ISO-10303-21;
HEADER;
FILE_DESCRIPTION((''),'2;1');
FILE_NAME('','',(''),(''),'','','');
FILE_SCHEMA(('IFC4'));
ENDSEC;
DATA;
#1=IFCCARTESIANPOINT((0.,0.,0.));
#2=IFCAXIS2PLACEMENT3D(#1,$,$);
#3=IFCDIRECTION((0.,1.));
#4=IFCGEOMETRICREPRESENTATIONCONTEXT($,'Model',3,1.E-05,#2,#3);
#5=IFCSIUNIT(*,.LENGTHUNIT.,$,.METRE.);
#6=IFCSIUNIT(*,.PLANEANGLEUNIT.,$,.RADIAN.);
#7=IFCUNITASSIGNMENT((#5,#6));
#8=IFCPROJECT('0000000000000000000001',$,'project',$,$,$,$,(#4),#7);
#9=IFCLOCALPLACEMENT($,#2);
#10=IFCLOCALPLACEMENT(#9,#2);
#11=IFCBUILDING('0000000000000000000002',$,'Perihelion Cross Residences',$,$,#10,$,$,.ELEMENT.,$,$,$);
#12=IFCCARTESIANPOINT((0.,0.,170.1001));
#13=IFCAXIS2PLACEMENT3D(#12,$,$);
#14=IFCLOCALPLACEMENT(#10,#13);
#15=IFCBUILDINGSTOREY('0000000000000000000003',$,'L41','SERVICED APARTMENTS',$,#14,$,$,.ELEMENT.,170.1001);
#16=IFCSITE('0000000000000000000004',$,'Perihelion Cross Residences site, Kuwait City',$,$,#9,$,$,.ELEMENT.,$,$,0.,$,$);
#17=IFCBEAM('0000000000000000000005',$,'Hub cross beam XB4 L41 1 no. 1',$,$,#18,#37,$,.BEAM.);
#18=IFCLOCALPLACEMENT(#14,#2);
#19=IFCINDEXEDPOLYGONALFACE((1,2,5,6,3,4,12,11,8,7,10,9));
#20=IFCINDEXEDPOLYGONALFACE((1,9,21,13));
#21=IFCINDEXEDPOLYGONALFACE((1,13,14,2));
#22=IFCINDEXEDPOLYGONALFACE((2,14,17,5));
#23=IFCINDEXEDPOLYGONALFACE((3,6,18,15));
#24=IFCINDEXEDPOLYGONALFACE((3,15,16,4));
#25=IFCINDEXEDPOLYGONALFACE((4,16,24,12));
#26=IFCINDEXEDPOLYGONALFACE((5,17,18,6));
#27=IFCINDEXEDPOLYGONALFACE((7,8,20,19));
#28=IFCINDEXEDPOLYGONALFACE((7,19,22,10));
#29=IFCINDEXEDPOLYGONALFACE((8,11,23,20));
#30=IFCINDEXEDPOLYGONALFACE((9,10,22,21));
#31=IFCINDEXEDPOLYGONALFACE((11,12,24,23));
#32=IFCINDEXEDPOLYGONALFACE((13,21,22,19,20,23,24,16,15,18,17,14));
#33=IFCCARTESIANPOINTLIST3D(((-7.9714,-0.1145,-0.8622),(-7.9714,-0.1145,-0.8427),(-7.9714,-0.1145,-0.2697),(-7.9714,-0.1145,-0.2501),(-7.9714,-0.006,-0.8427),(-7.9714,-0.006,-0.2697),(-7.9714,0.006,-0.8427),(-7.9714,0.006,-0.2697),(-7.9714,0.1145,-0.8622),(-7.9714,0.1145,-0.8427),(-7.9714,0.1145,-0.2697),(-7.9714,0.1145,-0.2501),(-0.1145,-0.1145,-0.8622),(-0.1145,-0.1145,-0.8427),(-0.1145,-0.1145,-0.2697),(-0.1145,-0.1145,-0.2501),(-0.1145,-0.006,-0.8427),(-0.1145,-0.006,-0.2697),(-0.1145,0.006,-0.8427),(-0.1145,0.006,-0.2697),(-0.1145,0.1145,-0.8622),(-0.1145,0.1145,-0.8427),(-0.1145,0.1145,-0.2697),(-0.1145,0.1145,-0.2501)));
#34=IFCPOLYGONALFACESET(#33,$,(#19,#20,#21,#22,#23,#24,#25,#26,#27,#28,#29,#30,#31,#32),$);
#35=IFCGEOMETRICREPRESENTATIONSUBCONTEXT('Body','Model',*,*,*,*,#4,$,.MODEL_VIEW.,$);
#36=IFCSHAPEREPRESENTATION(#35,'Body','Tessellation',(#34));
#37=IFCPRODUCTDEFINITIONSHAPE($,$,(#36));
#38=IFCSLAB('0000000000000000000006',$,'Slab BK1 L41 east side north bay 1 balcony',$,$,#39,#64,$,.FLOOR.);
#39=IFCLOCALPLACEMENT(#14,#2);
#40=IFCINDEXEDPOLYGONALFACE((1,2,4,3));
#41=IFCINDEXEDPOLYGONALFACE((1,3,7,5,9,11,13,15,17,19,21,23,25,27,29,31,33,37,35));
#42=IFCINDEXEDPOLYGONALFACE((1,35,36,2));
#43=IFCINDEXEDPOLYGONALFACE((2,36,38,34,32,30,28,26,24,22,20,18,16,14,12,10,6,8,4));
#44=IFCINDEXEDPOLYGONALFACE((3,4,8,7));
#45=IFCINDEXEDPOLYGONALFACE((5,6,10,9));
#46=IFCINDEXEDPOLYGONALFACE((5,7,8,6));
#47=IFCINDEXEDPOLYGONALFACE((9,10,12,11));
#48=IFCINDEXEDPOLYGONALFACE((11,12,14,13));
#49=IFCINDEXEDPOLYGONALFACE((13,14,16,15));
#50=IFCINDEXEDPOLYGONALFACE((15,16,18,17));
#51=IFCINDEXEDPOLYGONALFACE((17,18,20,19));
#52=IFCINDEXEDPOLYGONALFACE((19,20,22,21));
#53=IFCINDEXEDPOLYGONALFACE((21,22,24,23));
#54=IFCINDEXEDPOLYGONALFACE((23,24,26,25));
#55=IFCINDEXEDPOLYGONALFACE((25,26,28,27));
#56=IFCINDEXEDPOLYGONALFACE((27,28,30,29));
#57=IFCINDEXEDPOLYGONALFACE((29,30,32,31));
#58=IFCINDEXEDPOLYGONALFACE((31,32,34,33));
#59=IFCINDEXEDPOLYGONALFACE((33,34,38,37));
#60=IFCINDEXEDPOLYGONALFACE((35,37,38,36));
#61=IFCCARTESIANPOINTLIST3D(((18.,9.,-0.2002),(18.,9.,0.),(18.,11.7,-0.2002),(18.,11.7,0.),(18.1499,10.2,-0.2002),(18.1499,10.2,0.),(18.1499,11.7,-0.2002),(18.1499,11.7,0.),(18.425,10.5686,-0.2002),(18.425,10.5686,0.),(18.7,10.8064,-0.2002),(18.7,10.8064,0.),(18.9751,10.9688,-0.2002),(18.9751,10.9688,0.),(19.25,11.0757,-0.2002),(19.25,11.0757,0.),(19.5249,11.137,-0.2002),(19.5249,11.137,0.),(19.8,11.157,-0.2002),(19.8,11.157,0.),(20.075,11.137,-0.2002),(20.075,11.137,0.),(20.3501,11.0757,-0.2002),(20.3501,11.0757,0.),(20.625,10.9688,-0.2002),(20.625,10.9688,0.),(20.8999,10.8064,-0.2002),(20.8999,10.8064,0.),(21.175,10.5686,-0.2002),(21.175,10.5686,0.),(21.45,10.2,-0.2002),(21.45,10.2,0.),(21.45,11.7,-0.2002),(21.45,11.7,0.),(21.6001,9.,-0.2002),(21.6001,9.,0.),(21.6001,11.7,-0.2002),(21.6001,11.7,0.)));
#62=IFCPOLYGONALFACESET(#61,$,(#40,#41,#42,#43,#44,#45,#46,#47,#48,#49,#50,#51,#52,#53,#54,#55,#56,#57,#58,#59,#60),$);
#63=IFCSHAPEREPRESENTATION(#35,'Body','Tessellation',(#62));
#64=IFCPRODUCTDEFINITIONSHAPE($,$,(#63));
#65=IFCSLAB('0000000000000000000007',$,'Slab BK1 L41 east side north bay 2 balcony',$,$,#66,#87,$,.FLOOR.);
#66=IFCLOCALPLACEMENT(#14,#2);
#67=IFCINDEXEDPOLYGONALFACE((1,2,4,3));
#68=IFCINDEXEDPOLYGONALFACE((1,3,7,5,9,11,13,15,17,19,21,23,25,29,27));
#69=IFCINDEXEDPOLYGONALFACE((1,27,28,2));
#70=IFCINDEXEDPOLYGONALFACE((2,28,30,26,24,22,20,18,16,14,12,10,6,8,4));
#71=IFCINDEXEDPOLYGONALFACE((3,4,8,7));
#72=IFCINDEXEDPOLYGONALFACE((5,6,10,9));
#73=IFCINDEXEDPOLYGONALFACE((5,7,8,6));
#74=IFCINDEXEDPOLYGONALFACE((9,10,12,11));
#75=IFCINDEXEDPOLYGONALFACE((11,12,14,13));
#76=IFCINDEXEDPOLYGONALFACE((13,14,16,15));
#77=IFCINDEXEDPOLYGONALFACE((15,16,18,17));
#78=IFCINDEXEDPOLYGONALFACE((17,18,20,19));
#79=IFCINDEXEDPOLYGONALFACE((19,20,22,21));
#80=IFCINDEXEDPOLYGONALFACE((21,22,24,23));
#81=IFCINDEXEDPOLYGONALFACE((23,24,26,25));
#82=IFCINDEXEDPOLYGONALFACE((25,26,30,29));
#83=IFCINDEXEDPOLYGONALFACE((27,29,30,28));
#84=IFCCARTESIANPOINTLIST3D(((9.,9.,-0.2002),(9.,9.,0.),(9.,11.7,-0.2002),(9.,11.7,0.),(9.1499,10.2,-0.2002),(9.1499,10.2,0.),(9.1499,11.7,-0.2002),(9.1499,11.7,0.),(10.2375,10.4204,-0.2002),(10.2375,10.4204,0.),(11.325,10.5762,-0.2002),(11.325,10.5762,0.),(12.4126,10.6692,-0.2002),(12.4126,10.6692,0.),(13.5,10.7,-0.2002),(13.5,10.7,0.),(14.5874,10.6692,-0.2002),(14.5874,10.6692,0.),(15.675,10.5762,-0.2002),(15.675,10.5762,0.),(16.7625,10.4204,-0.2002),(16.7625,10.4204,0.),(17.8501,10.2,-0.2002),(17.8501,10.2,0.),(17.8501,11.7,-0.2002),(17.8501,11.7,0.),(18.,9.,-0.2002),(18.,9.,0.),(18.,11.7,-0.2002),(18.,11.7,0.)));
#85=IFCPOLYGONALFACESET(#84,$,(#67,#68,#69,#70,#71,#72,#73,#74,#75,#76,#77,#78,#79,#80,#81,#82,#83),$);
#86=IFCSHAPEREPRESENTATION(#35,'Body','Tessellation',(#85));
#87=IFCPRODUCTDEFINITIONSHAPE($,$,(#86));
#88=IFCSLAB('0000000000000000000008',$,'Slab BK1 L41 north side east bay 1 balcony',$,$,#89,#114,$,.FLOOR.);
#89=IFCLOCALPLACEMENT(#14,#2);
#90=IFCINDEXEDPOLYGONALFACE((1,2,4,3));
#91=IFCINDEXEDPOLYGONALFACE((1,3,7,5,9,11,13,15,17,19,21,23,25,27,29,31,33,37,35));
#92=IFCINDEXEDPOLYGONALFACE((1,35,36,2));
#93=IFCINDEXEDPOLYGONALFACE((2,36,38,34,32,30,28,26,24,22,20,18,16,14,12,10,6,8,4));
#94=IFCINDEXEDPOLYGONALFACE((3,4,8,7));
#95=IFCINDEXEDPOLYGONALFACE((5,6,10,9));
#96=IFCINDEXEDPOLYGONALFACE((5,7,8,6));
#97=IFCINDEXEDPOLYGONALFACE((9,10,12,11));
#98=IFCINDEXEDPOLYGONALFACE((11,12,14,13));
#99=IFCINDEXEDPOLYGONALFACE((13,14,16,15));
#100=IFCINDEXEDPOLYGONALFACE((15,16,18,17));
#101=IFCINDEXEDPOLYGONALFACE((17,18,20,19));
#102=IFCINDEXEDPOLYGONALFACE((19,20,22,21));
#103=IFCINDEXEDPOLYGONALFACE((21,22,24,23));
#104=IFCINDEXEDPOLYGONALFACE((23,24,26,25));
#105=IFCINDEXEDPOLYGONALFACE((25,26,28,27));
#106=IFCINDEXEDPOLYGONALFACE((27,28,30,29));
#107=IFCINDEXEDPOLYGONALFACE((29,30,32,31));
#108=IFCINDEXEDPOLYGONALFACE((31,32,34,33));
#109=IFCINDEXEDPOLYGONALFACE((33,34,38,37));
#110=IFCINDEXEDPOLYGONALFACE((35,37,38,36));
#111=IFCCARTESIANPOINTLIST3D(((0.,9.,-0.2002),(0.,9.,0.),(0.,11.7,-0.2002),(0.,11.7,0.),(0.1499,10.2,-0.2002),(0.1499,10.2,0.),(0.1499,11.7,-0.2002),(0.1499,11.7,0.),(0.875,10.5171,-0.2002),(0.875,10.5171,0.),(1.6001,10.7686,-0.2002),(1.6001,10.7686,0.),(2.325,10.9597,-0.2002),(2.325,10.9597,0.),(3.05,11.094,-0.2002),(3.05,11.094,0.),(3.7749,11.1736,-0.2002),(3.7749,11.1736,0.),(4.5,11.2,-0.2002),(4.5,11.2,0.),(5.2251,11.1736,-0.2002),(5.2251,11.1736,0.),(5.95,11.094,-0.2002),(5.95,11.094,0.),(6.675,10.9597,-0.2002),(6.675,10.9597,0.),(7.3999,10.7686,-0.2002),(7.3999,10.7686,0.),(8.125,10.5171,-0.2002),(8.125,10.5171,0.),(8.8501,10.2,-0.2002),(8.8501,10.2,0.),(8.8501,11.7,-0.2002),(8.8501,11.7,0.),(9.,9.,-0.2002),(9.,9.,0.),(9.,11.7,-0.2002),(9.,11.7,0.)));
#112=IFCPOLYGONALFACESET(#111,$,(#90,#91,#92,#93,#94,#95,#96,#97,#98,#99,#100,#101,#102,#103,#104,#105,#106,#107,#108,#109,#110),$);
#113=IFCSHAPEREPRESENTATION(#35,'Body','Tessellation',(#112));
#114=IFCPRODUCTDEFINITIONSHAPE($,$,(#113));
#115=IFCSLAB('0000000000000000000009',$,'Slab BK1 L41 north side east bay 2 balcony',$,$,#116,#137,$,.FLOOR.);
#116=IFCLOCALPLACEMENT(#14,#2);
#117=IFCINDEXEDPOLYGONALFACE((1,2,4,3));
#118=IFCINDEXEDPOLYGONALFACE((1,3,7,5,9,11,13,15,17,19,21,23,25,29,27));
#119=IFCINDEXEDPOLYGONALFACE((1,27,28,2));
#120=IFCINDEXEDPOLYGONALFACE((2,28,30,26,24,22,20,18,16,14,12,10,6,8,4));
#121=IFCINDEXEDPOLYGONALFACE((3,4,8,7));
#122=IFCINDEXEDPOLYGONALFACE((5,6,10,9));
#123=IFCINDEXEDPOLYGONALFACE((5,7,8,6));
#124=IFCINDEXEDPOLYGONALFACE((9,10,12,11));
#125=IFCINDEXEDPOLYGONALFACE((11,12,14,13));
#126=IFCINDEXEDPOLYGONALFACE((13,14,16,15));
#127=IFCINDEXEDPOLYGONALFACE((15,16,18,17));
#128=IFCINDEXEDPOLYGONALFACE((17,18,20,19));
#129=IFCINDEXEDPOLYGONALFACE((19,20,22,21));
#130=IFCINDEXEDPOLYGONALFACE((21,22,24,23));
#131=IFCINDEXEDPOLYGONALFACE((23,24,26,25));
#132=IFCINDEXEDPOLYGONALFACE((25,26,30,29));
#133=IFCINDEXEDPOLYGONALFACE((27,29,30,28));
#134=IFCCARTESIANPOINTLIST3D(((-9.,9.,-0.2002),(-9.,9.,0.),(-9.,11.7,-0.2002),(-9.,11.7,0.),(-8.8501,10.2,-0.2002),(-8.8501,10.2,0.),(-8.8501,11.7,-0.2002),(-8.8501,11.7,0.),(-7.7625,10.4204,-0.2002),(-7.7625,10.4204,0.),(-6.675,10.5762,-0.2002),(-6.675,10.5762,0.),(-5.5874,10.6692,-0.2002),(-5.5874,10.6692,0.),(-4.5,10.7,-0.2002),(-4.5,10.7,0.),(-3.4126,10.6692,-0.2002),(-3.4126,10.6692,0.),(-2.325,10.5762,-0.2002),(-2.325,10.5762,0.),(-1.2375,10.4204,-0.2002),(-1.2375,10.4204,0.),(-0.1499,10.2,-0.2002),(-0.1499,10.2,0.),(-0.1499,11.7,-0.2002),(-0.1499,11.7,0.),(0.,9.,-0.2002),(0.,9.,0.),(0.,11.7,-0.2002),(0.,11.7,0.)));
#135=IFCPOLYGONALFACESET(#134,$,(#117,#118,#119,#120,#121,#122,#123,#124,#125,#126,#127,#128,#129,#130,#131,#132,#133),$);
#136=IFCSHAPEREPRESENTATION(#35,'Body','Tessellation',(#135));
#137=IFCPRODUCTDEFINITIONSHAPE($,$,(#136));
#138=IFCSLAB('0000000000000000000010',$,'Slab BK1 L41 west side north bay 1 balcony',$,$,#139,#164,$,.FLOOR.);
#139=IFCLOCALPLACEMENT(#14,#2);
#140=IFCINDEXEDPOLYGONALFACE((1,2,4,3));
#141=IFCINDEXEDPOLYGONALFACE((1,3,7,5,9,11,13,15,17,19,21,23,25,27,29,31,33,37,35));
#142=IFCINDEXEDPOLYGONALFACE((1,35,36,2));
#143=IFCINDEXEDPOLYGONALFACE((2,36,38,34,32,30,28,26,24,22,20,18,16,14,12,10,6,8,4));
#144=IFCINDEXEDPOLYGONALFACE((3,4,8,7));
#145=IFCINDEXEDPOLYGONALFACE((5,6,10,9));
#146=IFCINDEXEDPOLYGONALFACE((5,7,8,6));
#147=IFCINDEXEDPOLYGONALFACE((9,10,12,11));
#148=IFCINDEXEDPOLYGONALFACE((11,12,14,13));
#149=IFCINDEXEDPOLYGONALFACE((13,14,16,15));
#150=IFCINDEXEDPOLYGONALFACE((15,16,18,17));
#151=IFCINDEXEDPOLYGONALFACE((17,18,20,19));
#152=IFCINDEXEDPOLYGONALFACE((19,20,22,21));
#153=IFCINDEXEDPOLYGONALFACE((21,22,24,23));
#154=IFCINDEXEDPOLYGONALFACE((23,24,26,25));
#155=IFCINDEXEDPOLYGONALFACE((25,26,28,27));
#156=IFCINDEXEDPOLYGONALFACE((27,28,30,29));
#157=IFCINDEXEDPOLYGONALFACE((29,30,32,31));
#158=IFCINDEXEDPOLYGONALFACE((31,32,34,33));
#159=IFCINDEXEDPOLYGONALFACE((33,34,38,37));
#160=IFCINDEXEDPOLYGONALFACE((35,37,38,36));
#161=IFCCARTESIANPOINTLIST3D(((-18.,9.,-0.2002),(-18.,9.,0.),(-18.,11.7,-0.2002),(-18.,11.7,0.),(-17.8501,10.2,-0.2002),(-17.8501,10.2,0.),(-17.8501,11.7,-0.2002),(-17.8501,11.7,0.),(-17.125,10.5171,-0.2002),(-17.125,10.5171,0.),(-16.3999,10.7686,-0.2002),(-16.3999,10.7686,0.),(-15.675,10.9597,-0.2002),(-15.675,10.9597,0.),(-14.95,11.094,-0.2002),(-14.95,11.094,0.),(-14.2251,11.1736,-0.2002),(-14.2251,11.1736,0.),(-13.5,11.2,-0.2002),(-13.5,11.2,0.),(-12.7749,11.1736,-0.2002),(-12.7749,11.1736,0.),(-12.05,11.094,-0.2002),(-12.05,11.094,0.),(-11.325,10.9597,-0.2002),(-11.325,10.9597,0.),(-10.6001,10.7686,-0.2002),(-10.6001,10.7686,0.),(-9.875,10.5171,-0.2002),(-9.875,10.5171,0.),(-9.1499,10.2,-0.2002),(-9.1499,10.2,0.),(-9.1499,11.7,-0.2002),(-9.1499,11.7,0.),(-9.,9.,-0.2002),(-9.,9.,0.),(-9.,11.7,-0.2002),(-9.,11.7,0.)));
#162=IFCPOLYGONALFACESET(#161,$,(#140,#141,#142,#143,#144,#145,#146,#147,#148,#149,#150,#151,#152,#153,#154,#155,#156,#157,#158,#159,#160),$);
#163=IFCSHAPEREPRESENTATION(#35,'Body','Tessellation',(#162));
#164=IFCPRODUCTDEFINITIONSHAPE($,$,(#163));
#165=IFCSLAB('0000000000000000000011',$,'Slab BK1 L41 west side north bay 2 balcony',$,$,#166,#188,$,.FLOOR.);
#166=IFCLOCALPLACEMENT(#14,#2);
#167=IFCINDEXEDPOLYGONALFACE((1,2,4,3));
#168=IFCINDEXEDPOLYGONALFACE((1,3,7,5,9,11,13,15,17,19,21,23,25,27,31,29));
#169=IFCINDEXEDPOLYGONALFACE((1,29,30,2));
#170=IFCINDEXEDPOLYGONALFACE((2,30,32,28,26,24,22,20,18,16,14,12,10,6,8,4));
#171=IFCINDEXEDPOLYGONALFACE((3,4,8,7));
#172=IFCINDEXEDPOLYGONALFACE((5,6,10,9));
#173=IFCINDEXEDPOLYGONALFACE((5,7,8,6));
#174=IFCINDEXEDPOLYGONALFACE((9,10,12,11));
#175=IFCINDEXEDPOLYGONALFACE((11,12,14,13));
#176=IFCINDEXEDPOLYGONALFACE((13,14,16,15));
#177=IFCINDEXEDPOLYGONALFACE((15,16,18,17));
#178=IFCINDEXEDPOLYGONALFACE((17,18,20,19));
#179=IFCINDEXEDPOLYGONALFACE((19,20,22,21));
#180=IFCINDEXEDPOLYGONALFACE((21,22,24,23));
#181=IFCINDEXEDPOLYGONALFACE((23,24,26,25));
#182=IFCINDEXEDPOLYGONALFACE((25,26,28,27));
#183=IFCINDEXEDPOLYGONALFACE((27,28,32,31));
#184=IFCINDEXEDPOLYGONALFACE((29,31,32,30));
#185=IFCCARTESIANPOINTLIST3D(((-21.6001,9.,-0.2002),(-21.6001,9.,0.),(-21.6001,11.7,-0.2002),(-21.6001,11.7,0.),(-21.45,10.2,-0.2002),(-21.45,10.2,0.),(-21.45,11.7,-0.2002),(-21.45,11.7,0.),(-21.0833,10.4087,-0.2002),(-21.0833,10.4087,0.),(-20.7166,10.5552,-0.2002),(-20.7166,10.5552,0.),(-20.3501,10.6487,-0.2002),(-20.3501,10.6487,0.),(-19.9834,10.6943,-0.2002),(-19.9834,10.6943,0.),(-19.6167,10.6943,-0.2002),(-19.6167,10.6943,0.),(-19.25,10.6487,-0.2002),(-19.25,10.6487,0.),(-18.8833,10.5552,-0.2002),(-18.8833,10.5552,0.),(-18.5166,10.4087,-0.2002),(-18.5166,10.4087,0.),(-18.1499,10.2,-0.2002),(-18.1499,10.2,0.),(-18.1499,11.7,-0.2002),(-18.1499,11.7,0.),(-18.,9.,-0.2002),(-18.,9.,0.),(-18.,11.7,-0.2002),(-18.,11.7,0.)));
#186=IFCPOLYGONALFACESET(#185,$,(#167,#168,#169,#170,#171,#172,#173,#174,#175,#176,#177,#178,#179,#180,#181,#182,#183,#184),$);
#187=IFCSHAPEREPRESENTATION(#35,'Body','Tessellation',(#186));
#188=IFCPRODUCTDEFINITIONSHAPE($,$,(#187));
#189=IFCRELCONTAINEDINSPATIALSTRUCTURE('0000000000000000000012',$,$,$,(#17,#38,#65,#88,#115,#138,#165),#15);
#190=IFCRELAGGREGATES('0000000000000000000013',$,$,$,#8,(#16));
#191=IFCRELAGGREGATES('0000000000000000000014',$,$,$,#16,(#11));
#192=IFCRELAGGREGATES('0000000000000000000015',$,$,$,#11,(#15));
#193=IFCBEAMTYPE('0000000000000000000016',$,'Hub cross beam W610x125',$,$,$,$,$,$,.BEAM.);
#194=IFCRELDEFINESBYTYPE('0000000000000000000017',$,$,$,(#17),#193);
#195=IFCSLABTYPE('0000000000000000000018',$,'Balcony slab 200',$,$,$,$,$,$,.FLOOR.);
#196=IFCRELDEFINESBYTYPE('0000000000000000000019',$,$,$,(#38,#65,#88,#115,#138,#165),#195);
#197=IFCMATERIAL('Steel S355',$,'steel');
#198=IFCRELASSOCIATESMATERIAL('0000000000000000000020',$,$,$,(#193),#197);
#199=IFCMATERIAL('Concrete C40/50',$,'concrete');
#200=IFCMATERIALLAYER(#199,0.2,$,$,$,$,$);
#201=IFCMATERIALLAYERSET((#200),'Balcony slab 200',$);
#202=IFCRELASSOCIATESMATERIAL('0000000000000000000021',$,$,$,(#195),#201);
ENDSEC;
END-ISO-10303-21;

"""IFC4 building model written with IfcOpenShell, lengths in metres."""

from ifc_helpers import new_model, si_unit, direction, frame, origin, origin_2d, place, context, subcontext, project, spatial, polyline, i_section, outline, extrude, material, layer, layer_set, material_profile, profile_set, type_object, element, save


model = new_model("IFC4")

# Units and contexts
model_context = context("Model", 3, precision=1e-05, world=origin(), true_north=direction((0.0, 1.0)))
body_context = subcontext(model_context, "Body", "Model", "MODEL_VIEW")
ifc_project = project(units=[si_unit("LENGTHUNIT", "METRE"), si_unit("PLANEANGLEUNIT", "RADIAN")], contexts=[model_context])

# Site, building, storey
site_placement = place(None, origin())
site = spatial("IfcSite", under=ifc_project, at=site_placement, Name="Perihelion Cross Residences site, Kuwait City", CompositionType="ELEMENT", RefElevation=0.0)
building_placement = place(site_placement, origin())
building = spatial("IfcBuilding", under=site, at=building_placement, Name="Perihelion Cross Residences", CompositionType="ELEMENT")
storey_placement = place(building_placement, frame((0.0, 0.0, 170.1001)))
storey = spatial("IfcBuildingStorey", under=building, at=storey_placement, Name="L41", Description="SERVICED APARTMENTS", CompositionType="ELEMENT", Elevation=170.1001)

# Beam
ifc_material_1 = material(Name="Steel S355", Category="steel")
ifc_material_profile = material_profile(ifc_material_1, i_section(OverallWidth=0.229, OverallDepth=0.6121, WebThickness=0.012, FlangeThickness=0.0195, at=origin_2d()), Name="W610x125")
ifc_profile_set = profile_set([ifc_material_profile], Name="Steel S355")
beam_type = type_object("IfcBeamType", Name="Hub cross beam W610x125", PredefinedType="BEAM", material=ifc_profile_set)
beam_placement = place(storey_placement, frame((-7.9714, 0.0, -0.5562), z_axis=(1.0, 0.0, 0.0), x_axis=(0.0, 1.0, 0.0)))
element("IfcBeam", 1, at=beam_placement, inside=storey, type_object=beam_type, Name="Hub cross beam XB4 L41 1 no. 1", PredefinedType="BEAM", context=body_context, shape_type="SweptSolid", body=[
    extrude(i_section(OverallWidth=0.229, OverallDepth=0.6121, WebThickness=0.012, FlangeThickness=0.0195, at=origin_2d()), origin(), (0.0, 0.0, 1.0), 7.8569),
])

# Slabs
ifc_material_2 = material(Name="Concrete C40/50", Category="concrete")
ifc_layer_1 = layer(ifc_material_2, 0.2)
ifc_layer_set_1 = layer_set([ifc_layer_1], Name="Balcony slab 200")
slab_type_1 = type_object("IfcSlabType", Name="Balcony slab 200", PredefinedType="FLOOR", material=ifc_layer_set_1)
slab_1_placement = place(storey_placement, frame((0.0, 0.0, -0.2002)))
element("IfcSlab", 2, at=slab_1_placement, inside=storey, type_object=slab_type_1, Name="Slab BK1 L41 east side north bay 1 balcony", PredefinedType="FLOOR", context=body_context, shape_type="SweptSolid", body=[
    extrude(outline(polyline([(21.6001, 9.0), (18.0, 9.0), (18.0, 11.7), (18.1499, 11.7), (18.1499, 10.2), (18.425, 10.5686), (18.7, 10.8064), (18.9751, 10.9688), (19.25, 11.0757), (19.5249, 11.137), (19.8, 11.157), (20.075, 11.137), (20.3501, 11.0757), (20.625, 10.9688), (20.8999, 10.8064), (21.175, 10.5686), (21.45, 10.2), (21.45, 11.7), (21.6001, 11.7), (21.6001, 9.0)])), origin(), (0.0, 0.0, 1.0), 0.2002),
])
slab_2_placement = place(storey_placement, frame((0.0, 0.0, -0.2002)))
element("IfcSlab", 3, at=slab_2_placement, inside=storey, type_object=slab_type_1, Name="Slab BK1 L41 east side north bay 2 balcony", PredefinedType="FLOOR", context=body_context, shape_type="SweptSolid", body=[
    extrude(outline(polyline([(18.0, 9.0), (9.0, 9.0), (9.0, 11.7), (9.1499, 11.7), (9.1499, 10.2), (10.2375, 10.4204), (11.325, 10.5762), (12.4126, 10.6692), (13.5, 10.7), (14.5874, 10.6692), (15.675, 10.5762), (16.7625, 10.4204), (17.8501, 10.2), (17.8501, 11.7), (18.0, 11.7), (18.0, 9.0)])), origin(), (0.0, 0.0, 1.0), 0.2002),
])
slab_3_placement = place(storey_placement, frame((0.0, 0.0, -0.2002)))
element("IfcSlab", 4, at=slab_3_placement, inside=storey, type_object=slab_type_1, Name="Slab BK1 L41 north side east bay 1 balcony", PredefinedType="FLOOR", context=body_context, shape_type="SweptSolid", body=[
    extrude(outline(polyline([(9.0, 9.0), (0.0, 9.0), (0.0, 11.7), (0.1499, 11.7), (0.1499, 10.2), (0.875, 10.5171), (1.6001, 10.7686), (2.325, 10.9597), (3.05, 11.094), (3.7749, 11.1736), (4.5, 11.2), (5.2251, 11.1736), (5.95, 11.094), (6.675, 10.9597), (7.3999, 10.7686), (8.125, 10.5171), (8.8501, 10.2), (8.8501, 11.7), (9.0, 11.7), (9.0, 9.0)])), origin(), (0.0, 0.0, 1.0), 0.2002),
])
slab_4_placement = place(storey_placement, frame((0.0, 0.0, -0.2002)))
element("IfcSlab", 5, at=slab_4_placement, inside=storey, type_object=slab_type_1, Name="Slab BK1 L41 north side east bay 2 balcony", PredefinedType="FLOOR", context=body_context, shape_type="SweptSolid", body=[
    extrude(outline(polyline([(0.0, 9.0), (-9.0, 9.0), (-9.0, 11.7), (-8.8501, 11.7), (-8.8501, 10.2), (-7.7625, 10.4204), (-6.675, 10.5762), (-5.5874, 10.6692), (-4.5, 10.7), (-3.4126, 10.6692), (-2.325, 10.5762), (-1.2375, 10.4204), (-0.1499, 10.2), (-0.1499, 11.7), (0.0, 11.7), (0.0, 9.0)])), origin(), (0.0, 0.0, 1.0), 0.2002),
])
slab_5_placement = place(storey_placement, frame((0.0, 0.0, -0.2002)))
element("IfcSlab", 6, at=slab_5_placement, inside=storey, type_object=slab_type_1, Name="Slab BK1 L41 west side north bay 1 balcony", PredefinedType="FLOOR", context=body_context, shape_type="SweptSolid", body=[
    extrude(outline(polyline([(-9.0, 9.0), (-18.0, 9.0), (-18.0, 11.7), (-17.8501, 11.7), (-17.8501, 10.2), (-17.125, 10.5171), (-16.3999, 10.7686), (-15.675, 10.9597), (-14.95, 11.094), (-14.2251, 11.1736), (-13.5, 11.2), (-12.7749, 11.1736), (-12.05, 11.094), (-11.325, 10.9597), (-10.6001, 10.7686), (-9.875, 10.5171), (-9.1499, 10.2), (-9.1499, 11.7), (-9.0, 11.7), (-9.0, 9.0)])), origin(), (0.0, 0.0, 1.0), 0.2002),
])
slab_6_placement = place(storey_placement, frame((0.0, 0.0, -0.2002)))
element("IfcSlab", 7, at=slab_6_placement, inside=storey, type_object=slab_type_1, Name="Slab BK1 L41 west side north bay 2 balcony", PredefinedType="FLOOR", context=body_context, shape_type="SweptSolid", body=[
    extrude(outline(polyline([(-18.0, 9.0), (-21.6001, 9.0), (-21.6001, 11.7), (-21.45, 11.7), (-21.45, 10.2), (-21.0833, 10.4087), (-20.7166, 10.5552), (-20.3501, 10.6487), (-19.9834, 10.6943), (-19.6167, 10.6943), (-19.25, 10.6487), (-18.8833, 10.5552), (-18.5166, 10.4087), (-18.1499, 10.2), (-18.1499, 11.7), (-18.0, 11.7), (-18.0, 9.0)])), origin(), (0.0, 0.0, 1.0), 0.2002),
])

save(model, "model.ifc")
